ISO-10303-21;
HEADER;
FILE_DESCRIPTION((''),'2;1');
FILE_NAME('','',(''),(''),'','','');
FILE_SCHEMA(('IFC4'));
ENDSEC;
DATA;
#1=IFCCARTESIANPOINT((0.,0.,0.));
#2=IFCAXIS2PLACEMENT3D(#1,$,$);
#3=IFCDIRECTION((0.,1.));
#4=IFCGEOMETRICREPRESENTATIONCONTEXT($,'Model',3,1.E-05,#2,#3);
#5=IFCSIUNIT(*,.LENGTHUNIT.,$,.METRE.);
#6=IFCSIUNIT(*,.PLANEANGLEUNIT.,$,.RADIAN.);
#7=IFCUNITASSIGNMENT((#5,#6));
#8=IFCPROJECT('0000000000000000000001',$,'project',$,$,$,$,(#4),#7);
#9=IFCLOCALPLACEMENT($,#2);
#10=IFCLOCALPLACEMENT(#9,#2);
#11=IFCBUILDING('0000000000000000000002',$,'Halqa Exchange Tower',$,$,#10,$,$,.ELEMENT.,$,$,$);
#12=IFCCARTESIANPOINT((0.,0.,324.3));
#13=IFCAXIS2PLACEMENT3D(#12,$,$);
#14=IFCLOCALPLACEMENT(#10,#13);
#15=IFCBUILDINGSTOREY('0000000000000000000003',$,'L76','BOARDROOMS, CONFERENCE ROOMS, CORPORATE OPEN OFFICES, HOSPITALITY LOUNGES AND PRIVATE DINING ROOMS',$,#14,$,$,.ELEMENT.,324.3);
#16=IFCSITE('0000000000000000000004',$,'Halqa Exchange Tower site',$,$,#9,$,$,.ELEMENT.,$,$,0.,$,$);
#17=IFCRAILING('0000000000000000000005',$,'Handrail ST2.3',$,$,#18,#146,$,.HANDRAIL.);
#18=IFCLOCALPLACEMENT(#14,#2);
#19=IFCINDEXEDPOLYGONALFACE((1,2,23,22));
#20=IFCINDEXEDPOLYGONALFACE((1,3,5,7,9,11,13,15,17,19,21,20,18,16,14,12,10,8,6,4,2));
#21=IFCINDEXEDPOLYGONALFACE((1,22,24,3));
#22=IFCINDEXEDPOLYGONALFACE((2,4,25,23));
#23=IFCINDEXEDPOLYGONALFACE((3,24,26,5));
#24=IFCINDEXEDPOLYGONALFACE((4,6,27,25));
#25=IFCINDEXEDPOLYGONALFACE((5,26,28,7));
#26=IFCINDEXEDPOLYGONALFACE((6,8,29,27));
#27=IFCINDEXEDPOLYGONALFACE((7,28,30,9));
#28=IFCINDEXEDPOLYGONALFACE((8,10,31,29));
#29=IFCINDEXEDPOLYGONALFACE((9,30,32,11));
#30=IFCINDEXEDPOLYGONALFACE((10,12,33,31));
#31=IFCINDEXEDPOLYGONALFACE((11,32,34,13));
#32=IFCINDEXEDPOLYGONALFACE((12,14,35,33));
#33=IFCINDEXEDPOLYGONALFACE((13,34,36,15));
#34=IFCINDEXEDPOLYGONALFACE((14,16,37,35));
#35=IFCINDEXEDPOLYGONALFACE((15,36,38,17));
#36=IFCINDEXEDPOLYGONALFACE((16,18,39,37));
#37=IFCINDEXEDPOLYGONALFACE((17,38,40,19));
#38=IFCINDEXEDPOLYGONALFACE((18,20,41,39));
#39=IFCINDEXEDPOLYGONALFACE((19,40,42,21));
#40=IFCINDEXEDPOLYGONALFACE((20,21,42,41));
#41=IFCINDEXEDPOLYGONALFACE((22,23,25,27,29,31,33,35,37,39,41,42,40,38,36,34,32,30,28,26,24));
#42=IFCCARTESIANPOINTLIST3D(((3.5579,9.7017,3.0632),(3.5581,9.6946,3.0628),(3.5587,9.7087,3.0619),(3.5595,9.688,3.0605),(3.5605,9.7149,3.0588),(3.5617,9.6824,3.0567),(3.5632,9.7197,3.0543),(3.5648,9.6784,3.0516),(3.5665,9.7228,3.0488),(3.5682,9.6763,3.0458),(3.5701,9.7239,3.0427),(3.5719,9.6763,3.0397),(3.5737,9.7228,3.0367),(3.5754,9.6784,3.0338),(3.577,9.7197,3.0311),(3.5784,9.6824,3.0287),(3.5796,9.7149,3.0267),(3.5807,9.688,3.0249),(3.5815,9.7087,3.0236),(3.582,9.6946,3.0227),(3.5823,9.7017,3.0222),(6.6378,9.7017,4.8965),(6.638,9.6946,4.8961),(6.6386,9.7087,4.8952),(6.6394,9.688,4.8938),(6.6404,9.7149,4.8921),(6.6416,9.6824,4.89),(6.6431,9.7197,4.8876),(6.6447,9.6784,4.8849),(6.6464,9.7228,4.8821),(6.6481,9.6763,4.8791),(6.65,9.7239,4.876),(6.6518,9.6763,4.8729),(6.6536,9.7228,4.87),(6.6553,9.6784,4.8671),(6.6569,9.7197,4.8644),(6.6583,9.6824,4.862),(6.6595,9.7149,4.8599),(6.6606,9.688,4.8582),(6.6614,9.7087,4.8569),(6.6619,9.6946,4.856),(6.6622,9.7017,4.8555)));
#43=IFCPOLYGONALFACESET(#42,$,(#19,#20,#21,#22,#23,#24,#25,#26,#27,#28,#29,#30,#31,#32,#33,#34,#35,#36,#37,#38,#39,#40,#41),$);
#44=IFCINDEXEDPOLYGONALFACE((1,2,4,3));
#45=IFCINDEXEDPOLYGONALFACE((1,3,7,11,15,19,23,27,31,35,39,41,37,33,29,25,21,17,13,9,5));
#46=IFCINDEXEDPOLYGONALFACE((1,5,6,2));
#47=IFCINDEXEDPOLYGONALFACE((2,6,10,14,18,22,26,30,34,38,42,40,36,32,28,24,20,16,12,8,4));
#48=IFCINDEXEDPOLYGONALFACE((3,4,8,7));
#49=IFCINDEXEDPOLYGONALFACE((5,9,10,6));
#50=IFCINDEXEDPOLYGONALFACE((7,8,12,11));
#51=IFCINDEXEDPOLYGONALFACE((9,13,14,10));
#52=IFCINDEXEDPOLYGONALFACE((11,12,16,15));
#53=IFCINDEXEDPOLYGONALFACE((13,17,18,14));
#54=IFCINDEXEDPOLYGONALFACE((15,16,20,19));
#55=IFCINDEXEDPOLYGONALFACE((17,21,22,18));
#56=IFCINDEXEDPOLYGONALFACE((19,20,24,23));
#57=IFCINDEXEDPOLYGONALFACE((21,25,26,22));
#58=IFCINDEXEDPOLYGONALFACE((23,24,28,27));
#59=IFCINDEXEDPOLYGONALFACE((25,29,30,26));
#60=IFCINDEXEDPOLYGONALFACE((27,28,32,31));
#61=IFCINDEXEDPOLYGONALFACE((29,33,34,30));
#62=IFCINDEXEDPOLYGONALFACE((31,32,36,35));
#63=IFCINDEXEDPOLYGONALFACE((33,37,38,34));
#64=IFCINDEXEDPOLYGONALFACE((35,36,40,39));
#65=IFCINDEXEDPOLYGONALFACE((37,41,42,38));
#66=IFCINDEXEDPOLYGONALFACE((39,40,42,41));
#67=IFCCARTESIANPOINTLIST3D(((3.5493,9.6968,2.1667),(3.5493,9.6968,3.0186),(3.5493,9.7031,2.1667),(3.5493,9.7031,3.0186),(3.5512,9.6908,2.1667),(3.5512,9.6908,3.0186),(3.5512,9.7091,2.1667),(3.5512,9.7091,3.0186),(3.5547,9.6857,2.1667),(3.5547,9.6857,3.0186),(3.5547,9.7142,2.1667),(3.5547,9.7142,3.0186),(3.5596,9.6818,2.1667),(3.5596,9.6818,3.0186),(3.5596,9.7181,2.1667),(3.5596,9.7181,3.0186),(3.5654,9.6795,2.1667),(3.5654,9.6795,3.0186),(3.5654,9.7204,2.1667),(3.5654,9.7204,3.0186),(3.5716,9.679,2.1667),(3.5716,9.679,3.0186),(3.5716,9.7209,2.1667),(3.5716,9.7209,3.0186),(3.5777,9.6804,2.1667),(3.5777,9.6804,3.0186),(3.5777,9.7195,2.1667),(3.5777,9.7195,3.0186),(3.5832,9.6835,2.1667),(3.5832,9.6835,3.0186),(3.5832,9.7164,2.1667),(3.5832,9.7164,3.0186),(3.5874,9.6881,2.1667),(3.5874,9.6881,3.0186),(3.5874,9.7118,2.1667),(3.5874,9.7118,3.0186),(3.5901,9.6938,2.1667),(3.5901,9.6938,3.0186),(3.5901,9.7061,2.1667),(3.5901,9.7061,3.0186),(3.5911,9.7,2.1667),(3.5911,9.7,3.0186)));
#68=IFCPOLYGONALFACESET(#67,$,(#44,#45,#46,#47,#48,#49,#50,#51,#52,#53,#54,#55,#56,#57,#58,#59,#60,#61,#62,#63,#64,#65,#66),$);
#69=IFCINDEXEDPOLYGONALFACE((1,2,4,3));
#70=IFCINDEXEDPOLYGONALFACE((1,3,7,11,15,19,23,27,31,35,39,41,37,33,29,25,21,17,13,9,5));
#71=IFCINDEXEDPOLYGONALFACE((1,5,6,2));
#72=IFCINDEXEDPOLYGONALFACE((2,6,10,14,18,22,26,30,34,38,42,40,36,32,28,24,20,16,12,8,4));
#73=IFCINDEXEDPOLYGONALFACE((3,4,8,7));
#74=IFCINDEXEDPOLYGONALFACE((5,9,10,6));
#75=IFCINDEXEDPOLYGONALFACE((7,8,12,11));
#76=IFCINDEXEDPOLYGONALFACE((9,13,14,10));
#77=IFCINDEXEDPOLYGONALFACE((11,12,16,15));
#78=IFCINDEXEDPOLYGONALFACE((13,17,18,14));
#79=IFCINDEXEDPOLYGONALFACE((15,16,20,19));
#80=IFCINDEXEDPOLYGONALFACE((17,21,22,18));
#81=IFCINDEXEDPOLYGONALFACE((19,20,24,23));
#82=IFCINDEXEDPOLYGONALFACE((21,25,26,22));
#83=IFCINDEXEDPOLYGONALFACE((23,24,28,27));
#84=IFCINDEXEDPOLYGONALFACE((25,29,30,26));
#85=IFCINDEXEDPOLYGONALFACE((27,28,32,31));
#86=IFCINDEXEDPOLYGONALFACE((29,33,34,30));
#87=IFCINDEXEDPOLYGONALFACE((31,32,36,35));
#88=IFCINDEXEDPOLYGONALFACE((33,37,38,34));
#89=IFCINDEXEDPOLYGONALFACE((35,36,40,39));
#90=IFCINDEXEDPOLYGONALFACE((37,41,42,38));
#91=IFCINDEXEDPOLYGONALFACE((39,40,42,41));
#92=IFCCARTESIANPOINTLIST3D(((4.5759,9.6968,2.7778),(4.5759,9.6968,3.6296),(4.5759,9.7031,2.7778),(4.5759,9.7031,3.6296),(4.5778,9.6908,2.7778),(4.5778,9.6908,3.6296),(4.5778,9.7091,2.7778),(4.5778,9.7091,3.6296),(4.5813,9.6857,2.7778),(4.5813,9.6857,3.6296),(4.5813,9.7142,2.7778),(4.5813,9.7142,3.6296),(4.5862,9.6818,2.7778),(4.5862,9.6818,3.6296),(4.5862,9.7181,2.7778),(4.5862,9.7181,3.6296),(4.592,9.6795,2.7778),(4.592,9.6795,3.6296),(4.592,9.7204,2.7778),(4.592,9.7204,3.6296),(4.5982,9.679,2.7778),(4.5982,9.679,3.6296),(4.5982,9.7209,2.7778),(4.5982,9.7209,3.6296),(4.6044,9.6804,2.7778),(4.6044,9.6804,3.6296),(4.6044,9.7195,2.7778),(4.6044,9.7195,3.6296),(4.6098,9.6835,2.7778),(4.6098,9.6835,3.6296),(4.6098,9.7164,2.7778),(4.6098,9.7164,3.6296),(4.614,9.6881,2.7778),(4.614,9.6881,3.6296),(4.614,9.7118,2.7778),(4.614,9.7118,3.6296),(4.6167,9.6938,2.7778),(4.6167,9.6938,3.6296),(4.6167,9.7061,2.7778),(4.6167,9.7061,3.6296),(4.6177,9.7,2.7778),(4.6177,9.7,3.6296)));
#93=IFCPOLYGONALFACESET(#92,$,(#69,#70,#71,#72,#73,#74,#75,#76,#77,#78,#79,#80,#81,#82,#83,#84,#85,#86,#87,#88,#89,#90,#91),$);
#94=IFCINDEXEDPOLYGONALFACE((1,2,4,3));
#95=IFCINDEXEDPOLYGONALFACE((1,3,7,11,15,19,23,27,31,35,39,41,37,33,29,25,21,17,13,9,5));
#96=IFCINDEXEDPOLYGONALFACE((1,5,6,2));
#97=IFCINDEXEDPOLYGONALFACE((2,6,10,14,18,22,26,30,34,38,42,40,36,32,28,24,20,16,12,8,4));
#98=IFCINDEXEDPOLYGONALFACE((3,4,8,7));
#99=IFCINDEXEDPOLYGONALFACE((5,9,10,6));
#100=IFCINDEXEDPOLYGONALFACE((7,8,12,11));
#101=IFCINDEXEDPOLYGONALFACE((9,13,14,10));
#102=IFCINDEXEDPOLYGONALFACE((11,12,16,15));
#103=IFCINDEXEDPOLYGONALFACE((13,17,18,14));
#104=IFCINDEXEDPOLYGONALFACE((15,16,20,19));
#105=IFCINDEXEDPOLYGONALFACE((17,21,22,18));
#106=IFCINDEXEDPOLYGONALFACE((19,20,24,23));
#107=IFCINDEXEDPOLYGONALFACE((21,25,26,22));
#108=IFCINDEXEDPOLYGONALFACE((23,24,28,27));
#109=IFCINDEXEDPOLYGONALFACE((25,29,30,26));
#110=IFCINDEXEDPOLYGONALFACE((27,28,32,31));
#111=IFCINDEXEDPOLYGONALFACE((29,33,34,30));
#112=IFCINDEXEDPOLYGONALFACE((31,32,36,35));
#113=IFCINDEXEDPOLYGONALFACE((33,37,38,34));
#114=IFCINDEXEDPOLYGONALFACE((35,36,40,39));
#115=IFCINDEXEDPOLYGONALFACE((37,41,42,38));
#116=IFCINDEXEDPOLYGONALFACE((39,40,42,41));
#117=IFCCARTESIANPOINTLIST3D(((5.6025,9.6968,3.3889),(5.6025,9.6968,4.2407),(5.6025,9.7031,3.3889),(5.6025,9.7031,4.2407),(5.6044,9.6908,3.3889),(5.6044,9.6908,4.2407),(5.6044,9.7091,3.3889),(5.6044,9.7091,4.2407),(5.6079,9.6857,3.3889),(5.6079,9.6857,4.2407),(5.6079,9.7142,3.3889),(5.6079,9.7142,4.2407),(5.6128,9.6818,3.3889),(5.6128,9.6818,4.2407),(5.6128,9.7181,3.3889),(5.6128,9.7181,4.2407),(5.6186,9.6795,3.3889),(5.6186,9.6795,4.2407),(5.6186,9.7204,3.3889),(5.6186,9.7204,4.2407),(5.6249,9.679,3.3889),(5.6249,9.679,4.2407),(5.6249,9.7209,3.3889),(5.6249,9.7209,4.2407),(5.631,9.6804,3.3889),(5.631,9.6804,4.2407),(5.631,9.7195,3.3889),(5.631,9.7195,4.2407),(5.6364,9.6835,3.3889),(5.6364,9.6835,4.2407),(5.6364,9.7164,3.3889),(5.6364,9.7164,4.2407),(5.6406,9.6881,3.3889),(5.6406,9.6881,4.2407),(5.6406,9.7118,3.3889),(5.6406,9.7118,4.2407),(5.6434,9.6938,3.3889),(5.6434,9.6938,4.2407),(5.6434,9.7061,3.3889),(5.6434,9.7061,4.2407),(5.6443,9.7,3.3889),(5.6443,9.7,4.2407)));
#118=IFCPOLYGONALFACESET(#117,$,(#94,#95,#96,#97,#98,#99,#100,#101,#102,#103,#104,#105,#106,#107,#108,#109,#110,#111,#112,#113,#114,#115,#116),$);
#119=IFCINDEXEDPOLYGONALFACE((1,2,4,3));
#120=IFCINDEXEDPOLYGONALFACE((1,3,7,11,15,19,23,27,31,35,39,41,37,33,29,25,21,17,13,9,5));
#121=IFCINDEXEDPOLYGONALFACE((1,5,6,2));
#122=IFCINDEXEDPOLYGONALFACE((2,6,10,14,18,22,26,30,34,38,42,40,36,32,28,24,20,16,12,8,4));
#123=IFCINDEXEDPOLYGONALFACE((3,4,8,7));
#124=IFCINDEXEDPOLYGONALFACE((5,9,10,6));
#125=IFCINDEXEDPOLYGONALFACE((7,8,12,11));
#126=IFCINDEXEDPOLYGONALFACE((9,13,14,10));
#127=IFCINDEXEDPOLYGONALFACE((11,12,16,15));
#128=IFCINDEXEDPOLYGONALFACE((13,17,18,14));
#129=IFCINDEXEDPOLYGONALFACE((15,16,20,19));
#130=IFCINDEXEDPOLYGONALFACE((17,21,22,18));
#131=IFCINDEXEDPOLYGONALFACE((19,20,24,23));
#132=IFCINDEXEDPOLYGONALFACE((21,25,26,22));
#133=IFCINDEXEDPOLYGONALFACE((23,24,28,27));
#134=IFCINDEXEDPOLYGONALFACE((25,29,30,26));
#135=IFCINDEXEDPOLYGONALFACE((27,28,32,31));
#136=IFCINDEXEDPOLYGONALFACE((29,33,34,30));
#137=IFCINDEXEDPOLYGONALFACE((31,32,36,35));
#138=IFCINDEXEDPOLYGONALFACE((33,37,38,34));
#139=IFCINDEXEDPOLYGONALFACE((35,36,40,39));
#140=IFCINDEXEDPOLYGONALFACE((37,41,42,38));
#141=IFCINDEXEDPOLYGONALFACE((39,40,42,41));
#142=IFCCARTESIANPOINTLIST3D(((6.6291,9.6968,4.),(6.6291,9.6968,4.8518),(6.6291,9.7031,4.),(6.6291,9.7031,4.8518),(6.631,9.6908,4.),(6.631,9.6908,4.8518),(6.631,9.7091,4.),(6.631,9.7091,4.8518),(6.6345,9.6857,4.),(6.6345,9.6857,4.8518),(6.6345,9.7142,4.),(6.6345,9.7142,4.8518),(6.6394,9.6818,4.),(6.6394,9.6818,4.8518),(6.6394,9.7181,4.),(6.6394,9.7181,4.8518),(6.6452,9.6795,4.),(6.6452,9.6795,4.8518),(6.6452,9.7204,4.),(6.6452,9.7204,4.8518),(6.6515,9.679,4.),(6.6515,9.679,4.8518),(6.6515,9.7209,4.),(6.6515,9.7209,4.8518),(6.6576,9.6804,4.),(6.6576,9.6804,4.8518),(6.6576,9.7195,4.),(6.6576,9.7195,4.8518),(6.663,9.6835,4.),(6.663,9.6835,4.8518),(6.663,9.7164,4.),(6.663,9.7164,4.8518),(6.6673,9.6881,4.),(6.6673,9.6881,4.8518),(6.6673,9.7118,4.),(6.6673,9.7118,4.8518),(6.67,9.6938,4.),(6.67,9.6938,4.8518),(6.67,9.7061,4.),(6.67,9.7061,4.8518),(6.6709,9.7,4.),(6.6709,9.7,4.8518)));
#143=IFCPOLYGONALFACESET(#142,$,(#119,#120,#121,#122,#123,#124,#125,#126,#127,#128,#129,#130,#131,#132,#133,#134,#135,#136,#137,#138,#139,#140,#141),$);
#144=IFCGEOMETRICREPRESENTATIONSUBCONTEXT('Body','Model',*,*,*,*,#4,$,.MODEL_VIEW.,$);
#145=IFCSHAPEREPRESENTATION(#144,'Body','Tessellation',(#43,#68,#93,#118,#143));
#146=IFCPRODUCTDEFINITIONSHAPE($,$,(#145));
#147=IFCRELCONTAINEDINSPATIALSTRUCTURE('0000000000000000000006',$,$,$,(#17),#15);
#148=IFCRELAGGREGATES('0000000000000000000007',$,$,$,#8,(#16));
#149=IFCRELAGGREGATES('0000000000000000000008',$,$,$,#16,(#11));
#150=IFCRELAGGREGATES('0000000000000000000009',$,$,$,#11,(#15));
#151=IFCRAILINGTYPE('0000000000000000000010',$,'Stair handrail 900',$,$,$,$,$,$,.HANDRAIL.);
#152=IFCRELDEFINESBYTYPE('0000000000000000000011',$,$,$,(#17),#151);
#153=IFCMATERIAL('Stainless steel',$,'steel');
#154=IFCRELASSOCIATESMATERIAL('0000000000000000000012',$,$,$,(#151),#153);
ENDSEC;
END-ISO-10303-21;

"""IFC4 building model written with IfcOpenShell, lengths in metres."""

from ifc_helpers import new_model, si_unit, direction, frame, origin, origin_2d, place, context, subcontext, project, spatial, circle, extrude, material, type_object, element, save


model = new_model("IFC4")

# Units and contexts
model_context = context("Model", 3, precision=1e-05, world=origin(), true_north=direction((0.0, 1.0)))
body_context = subcontext(model_context, "Body", "Model", "MODEL_VIEW")
ifc_project = project(units=[si_unit("LENGTHUNIT", "METRE"), si_unit("PLANEANGLEUNIT", "RADIAN")], contexts=[model_context])

# Site, building, storey
site_placement = place(None, origin())
site = spatial("IfcSite", under=ifc_project, at=site_placement, Name="Halqa Exchange Tower site", CompositionType="ELEMENT", RefElevation=0.0)
building_placement = place(site_placement, origin())
building = spatial("IfcBuilding", under=site, at=building_placement, Name="Halqa Exchange Tower", CompositionType="ELEMENT")
storey_placement = place(building_placement, frame((0.0, 0.0, 324.3)))
storey = spatial("IfcBuildingStorey", under=building, at=storey_placement, Name="L76", Description="BOARDROOMS, CONFERENCE ROOMS, CORPORATE OPEN OFFICES, HOSPITALITY LOUNGES AND PRIVATE DINING ROOMS", CompositionType="ELEMENT", Elevation=324.3)

# Railing
ifc_material_1 = material(Name="Stainless steel", Category="steel")
railing_type_1 = type_object("IfcRailingType", Name="Stair handrail 900", PredefinedType="HANDRAIL", material=ifc_material_1)
railing_1_placement = place(storey_placement, frame((3.5701, 9.7, 2.1667)))
element("IfcRailing", 1, at=railing_1_placement, inside=storey, type_object=railing_type_1, Name="Handrail ST2.3", PredefinedType="HANDRAIL", context=body_context, shape_type="SweptSolid", body=[
    extrude(circle(Radius=0.0239, at=origin_2d()), frame((0.0, 0.0, 0.876), z_axis=(0.859291, 0.0, 0.511487), x_axis=(0.0, 1.0, 0.0)), (0.0, 0.0, 1.0), 3.5842),
    extrude(circle(Radius=0.021, at=origin_2d()), origin(), (0.0, 0.0, 1.0), 0.8518),
    extrude(circle(Radius=0.021, at=origin_2d()), frame((1.0266, 0.0, 0.6111)), (0.0, 0.0, 1.0), 0.8518),
    extrude(circle(Radius=0.021, at=origin_2d()), frame((2.0532, 0.0, 1.2222)), (0.0, 0.0, 1.0), 0.8518),
    extrude(circle(Radius=0.021, at=origin_2d()), frame((3.0798, 0.0, 1.8333)), (0.0, 0.0, 1.0), 0.8518),
])

save(model, "model.ifc")
